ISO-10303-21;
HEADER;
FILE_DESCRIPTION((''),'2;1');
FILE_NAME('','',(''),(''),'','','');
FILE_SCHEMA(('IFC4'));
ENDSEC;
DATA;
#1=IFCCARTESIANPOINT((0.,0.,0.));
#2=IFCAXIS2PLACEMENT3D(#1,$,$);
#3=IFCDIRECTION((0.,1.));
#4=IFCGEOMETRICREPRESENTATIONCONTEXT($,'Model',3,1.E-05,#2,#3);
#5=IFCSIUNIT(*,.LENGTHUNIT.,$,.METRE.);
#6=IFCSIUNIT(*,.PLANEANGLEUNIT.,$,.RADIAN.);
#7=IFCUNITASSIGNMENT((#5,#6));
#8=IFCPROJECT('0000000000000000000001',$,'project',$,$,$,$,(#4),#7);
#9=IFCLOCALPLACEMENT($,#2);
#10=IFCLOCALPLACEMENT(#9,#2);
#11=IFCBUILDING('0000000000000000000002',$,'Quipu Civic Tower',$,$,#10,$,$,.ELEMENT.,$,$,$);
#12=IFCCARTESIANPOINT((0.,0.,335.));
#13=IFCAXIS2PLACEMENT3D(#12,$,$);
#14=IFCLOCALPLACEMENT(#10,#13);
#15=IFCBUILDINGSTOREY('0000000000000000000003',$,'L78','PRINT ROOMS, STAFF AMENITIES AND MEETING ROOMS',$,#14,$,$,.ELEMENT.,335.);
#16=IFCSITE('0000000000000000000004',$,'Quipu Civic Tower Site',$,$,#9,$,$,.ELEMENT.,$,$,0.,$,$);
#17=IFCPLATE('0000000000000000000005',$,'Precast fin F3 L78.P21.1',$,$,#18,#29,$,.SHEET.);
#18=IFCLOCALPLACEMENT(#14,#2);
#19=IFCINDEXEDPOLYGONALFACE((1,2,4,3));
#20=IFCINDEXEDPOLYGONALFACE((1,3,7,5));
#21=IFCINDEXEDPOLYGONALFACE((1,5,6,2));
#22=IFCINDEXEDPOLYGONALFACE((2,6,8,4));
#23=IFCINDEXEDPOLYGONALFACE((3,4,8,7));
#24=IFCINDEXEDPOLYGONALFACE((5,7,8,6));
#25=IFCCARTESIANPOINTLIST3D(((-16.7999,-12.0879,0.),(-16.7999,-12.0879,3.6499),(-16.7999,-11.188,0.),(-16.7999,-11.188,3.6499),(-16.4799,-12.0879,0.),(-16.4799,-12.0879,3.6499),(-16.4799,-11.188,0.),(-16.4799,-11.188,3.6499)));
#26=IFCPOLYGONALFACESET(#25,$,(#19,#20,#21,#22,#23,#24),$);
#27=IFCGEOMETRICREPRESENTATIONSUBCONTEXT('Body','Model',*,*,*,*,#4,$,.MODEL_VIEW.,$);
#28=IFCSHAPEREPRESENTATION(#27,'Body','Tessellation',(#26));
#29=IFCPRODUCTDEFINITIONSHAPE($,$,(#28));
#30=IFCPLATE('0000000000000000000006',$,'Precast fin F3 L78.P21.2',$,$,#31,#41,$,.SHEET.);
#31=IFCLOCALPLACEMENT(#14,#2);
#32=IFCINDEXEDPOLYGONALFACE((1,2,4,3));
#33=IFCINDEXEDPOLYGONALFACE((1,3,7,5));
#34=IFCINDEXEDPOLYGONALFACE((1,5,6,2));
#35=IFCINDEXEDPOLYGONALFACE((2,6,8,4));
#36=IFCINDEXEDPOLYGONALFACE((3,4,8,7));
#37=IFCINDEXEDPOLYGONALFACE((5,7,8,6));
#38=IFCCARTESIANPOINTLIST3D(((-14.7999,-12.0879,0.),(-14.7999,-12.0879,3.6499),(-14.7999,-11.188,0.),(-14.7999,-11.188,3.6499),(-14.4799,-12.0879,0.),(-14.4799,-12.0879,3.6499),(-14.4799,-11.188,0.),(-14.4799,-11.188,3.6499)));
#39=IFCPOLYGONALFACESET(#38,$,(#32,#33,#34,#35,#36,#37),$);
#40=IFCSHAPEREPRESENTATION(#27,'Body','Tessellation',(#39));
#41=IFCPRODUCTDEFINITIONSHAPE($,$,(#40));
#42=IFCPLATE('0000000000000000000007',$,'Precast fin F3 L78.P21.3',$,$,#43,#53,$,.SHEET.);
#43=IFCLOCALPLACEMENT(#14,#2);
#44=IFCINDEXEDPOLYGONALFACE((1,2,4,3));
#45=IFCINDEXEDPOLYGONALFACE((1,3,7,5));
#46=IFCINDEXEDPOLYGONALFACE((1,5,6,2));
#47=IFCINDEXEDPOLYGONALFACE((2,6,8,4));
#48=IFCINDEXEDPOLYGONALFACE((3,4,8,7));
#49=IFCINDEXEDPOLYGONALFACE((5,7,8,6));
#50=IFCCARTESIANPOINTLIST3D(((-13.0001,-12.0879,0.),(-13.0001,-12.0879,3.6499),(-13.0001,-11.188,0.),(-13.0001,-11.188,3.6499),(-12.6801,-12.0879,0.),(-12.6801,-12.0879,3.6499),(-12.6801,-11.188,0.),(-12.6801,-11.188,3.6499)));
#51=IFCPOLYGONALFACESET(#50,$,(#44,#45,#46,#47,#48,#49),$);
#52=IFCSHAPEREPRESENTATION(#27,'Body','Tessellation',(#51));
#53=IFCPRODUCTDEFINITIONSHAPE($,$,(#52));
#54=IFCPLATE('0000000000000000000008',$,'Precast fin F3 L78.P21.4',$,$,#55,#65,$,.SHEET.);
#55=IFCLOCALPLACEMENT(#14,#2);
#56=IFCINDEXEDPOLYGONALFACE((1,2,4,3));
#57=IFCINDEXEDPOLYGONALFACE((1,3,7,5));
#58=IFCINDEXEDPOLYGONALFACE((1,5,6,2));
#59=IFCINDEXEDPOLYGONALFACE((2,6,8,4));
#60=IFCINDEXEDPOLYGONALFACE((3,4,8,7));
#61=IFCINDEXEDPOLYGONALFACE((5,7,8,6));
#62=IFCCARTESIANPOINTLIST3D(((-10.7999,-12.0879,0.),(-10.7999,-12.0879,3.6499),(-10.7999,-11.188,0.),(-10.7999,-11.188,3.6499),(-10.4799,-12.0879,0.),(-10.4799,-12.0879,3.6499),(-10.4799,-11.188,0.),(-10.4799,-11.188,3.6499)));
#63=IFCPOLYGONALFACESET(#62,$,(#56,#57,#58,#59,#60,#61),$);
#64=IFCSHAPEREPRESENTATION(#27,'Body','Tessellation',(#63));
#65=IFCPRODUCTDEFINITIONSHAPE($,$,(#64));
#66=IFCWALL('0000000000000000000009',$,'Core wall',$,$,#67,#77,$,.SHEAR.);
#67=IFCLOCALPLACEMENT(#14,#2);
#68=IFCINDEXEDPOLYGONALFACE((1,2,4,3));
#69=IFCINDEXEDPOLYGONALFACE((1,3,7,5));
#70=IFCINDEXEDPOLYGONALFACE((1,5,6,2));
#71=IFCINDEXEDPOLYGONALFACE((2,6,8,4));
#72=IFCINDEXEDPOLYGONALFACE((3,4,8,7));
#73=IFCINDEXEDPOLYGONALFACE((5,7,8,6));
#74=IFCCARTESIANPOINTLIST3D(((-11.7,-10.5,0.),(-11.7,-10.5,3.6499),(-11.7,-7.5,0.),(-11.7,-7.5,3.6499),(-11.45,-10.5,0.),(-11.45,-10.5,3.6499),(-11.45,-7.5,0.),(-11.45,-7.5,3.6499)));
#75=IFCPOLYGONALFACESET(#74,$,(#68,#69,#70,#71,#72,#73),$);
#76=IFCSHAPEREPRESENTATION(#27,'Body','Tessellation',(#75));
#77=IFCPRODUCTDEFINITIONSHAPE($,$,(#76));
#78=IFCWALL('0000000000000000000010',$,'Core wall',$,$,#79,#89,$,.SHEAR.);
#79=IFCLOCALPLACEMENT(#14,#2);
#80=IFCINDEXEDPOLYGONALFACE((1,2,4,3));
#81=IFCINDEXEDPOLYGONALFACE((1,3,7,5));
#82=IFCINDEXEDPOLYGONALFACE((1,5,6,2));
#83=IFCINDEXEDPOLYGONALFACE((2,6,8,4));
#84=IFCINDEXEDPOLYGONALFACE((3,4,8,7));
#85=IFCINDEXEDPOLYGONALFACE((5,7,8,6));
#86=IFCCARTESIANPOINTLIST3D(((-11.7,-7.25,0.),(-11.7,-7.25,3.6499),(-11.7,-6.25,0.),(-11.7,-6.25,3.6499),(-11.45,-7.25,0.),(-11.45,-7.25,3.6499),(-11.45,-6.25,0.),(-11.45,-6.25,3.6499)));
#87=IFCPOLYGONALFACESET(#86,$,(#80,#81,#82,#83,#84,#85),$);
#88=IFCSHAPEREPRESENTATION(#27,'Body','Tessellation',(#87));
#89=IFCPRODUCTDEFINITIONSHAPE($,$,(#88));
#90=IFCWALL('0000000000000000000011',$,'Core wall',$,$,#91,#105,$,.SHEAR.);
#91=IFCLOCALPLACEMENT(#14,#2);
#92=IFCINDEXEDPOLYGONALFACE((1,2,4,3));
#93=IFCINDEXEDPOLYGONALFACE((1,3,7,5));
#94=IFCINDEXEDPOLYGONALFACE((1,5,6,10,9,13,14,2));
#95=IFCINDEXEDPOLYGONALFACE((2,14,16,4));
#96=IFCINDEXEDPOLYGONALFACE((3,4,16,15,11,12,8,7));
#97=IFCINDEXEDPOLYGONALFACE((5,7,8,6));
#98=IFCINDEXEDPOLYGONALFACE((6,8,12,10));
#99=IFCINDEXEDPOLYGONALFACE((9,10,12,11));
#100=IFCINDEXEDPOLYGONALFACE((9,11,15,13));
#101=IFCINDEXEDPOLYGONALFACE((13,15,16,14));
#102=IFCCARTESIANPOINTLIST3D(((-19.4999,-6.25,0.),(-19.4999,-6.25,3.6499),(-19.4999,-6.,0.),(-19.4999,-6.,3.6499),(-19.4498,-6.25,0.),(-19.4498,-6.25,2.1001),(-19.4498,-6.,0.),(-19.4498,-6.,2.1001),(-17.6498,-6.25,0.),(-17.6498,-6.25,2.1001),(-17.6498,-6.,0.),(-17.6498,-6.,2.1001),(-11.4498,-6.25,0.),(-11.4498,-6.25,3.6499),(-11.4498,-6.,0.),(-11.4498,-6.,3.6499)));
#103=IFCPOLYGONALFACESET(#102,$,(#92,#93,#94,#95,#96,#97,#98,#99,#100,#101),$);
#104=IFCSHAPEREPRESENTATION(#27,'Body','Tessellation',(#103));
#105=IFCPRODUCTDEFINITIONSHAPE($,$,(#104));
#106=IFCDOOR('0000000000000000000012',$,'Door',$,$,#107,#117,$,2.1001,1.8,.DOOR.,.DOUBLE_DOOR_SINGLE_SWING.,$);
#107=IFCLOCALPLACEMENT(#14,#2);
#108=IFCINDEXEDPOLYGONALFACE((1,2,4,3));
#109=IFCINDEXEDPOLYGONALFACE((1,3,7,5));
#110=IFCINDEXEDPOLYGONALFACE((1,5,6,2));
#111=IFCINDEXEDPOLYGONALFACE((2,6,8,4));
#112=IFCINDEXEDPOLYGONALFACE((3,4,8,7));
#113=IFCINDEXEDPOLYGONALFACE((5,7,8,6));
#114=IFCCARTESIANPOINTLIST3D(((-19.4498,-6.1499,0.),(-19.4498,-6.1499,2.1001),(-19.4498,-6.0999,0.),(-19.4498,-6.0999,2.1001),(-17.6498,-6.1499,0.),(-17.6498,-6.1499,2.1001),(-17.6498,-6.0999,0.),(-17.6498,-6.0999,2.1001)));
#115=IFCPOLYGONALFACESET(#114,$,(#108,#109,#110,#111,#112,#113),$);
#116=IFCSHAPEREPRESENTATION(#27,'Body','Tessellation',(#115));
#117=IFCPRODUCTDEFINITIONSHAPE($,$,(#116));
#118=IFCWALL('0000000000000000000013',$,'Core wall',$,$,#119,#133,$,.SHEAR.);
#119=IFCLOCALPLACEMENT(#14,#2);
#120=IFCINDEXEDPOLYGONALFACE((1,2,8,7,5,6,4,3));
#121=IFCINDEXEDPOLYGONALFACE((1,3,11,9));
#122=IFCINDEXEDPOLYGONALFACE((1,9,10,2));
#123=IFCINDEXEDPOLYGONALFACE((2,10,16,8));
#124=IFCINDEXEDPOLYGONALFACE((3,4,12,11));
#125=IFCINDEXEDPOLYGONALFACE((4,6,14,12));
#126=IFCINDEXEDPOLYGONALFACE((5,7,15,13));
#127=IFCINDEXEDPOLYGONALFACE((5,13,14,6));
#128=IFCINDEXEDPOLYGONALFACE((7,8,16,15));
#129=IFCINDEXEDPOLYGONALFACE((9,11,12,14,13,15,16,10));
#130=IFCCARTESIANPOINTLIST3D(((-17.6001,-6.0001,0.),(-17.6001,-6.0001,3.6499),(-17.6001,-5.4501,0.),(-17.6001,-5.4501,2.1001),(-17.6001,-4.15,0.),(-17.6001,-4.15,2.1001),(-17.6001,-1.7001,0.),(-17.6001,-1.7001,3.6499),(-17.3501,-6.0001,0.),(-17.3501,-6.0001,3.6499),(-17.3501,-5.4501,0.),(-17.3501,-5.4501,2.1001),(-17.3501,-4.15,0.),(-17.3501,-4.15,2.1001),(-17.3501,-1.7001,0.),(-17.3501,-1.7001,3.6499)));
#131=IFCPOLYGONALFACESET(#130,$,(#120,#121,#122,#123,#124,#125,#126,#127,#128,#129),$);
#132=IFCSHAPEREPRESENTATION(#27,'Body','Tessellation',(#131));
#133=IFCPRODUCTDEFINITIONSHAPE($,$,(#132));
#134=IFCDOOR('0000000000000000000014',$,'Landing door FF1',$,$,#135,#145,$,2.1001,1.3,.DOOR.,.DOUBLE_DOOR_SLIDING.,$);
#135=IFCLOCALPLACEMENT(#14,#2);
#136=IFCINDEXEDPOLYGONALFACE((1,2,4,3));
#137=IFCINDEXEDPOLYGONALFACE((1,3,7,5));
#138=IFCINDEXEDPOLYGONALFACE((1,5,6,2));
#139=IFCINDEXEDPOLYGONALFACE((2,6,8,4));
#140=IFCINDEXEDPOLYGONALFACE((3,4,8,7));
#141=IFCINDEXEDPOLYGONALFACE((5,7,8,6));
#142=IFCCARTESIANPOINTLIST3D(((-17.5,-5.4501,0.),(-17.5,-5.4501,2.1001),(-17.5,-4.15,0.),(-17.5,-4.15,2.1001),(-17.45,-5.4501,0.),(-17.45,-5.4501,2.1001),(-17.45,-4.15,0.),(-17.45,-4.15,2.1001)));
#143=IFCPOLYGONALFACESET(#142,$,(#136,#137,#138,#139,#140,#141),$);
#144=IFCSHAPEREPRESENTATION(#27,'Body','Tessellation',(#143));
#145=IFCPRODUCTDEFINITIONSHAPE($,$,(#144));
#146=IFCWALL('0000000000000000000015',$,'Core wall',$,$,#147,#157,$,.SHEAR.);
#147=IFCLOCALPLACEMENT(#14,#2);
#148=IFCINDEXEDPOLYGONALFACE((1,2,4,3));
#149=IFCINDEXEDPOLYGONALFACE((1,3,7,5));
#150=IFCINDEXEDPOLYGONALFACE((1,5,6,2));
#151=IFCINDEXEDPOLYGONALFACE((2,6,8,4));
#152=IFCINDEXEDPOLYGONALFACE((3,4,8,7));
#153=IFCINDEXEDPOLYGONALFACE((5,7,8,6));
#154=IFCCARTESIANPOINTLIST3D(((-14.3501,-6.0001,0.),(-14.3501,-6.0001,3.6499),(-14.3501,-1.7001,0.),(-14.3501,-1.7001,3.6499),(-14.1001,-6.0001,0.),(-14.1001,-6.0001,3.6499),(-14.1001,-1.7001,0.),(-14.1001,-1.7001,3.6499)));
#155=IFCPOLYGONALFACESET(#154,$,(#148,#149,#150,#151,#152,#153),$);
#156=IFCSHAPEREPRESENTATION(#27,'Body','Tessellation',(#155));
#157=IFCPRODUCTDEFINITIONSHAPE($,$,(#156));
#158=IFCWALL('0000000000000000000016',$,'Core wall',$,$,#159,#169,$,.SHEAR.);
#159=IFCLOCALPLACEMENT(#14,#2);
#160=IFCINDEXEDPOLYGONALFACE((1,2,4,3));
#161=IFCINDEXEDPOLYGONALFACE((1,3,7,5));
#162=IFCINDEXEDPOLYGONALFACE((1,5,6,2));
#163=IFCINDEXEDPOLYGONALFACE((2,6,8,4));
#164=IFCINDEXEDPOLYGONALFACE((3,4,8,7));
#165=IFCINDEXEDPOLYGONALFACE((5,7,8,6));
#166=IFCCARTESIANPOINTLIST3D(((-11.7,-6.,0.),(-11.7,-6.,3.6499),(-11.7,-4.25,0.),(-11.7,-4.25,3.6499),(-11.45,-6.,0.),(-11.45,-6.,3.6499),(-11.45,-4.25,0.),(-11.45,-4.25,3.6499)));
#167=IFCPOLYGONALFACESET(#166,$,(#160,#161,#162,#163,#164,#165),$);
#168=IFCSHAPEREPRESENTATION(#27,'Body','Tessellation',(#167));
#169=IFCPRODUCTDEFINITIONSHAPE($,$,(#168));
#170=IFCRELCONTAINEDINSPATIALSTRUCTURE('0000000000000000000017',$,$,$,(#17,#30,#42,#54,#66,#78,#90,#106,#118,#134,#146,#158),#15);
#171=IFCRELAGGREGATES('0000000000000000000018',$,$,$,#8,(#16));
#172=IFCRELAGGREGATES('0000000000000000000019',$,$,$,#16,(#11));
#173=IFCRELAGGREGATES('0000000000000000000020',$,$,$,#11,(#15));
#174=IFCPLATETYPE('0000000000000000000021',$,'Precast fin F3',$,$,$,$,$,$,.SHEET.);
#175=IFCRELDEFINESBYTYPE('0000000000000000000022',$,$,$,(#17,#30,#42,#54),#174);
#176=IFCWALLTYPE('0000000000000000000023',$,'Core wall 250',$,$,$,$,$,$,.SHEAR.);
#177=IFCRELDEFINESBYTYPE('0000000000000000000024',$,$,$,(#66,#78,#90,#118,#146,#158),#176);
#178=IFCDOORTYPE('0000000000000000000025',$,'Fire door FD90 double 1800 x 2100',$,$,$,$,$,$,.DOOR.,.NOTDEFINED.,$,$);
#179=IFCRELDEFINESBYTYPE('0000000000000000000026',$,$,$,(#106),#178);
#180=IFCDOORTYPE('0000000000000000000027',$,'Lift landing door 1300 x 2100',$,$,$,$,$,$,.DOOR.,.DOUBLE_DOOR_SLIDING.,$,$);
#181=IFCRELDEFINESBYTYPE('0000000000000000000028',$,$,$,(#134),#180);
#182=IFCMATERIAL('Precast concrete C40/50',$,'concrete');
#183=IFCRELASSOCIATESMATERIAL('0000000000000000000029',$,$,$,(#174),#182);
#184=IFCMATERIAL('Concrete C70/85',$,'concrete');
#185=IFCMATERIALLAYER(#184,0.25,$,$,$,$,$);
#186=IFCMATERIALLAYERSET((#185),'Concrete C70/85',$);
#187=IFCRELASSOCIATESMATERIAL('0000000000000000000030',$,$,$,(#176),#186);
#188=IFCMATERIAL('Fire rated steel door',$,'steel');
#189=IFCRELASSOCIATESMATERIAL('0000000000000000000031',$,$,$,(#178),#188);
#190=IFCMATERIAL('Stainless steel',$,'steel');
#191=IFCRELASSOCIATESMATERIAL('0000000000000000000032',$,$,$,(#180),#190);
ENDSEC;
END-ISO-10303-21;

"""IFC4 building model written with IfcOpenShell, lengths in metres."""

from ifc_helpers import new_model, si_unit, direction, frame, frame_2d, origin, origin_2d, place, context, subcontext, project, spatial, rectangle, extrude, material, layer, layer_set, type_object, element, fill, save


model = new_model("IFC4")

# Units and contexts
model_context = context("Model", 3, precision=1e-05, world=origin(), true_north=direction((0.0, 1.0)))
body_context = subcontext(model_context, "Body", "Model", "MODEL_VIEW")
ifc_project = project(units=[si_unit("LENGTHUNIT", "METRE"), si_unit("PLANEANGLEUNIT", "RADIAN")], contexts=[model_context])

# Site, building, storey
site_placement = place(None, origin())
site = spatial("IfcSite", under=ifc_project, at=site_placement, Name="Quipu Civic Tower Site", CompositionType="ELEMENT", RefElevation=0.0)
building_placement = place(site_placement, origin())
building = spatial("IfcBuilding", under=site, at=building_placement, Name="Quipu Civic Tower", CompositionType="ELEMENT")
storey_placement = place(building_placement, frame((0.0, 0.0, 335.0)))
storey = spatial("IfcBuildingStorey", under=building, at=storey_placement, Name="L78", Description="PRINT ROOMS, STAFF AMENITIES AND MEETING ROOMS", CompositionType="ELEMENT", Elevation=335.0)

# Plates
ifc_material_1 = material(Name="Precast concrete C40/50", Category="concrete")
plate_type = type_object("IfcPlateType", Name="Precast fin F3", PredefinedType="SHEET", material=ifc_material_1)
for number, where, z_axis, x_axis, name in (
    (1, (-16.6399, -11.6379, 0.0), (0.0, 0.0, 1.0), (1.0, 0.0, 0.0), "Precast fin F3 L78.P21.1"),
    (2, (-14.6399, -11.6379, 0.0), (0.0, 0.0, 1.0), (1.0, 0.0, 0.0), "Precast fin F3 L78.P21.2"),
    (3, (-12.8401, -11.6379, 0.0), (0.0, 0.0, 1.0), (1.0, 0.0, 0.0), "Precast fin F3 L78.P21.3"),
    (4, (-10.6399, -11.6379, 0.0), (0.0, 0.0, 1.0), (1.0, 0.0, 0.0), "Precast fin F3 L78.P21.4"),
):
    element("IfcPlate", number, at=place(storey_placement, frame(where, z_axis=z_axis, x_axis=x_axis)), inside=storey, type_object=plate_type, Name=name, PredefinedType="SHEET", context=body_context, shape_type="SweptSolid", body=[
        extrude(rectangle(XDim=0.3201, YDim=0.8999, at=origin_2d()), origin(), (0.0, 0.0, 1.0), 3.6499),
    ])

# Walls
ifc_material_2 = material(Name="Concrete C70/85", Category="concrete")
ifc_layer_1 = layer(ifc_material_2, 0.25)
ifc_layer_set_1 = layer_set([ifc_layer_1], Name="Concrete C70/85")
wall_type_1 = type_object("IfcWallType", Name="Core wall 250", PredefinedType="SHEAR", material=ifc_layer_set_1)
wall_1_placement = place(storey_placement, frame((-11.575, -10.5, 0.0), z_axis=(0.0, 0.0, 1.0), x_axis=(0.0, 1.0, 0.0)))
element("IfcWall", 5, at=wall_1_placement, inside=storey, type_object=wall_type_1, Name="Core wall", PredefinedType="SHEAR", context=body_context, shape_type="SweptSolid", body=[
    extrude(rectangle(XDim=3.0, YDim=0.25, at=frame_2d((1.5, 0.0))), origin(), (0.0, 0.0, 1.0), 3.6499),
])
wall_2_placement = place(storey_placement, frame((-11.575, -7.25, 0.0), z_axis=(0.0, 0.0, 1.0), x_axis=(0.0, 1.0, 0.0)))
element("IfcWall", 6, at=wall_2_placement, inside=storey, type_object=wall_type_1, Name="Core wall", PredefinedType="SHEAR", context=body_context, shape_type="SweptSolid", body=[
    extrude(rectangle(XDim=1.0, YDim=0.25, at=frame_2d((0.5, 0.0))), origin(), (0.0, 0.0, 1.0), 3.6499),
])

# Walls, openings, doors
wall_3_placement = place(storey_placement, frame((-11.45, -6.125, 0.0), z_axis=(0.0, 0.0, 1.0), x_axis=(-1.0, 0.0, 0.0)))
wall_3 = element("IfcWall", 7, at=wall_3_placement, inside=storey, type_object=wall_type_1, Name="Core wall", PredefinedType="SHEAR", context=body_context, shape_type="SweptSolid", body=[
    extrude(rectangle(XDim=8.05, YDim=0.25, at=frame_2d((4.0249, 0.0))), origin(), (0.0, 0.0, 1.0), 3.6499),
])
opening_1_placement = place(wall_3_placement, frame((6.2, 0.0, 0.0)))
opening_1 = element("IfcOpeningElement", 8, at=opening_1_placement, cuts=wall_3, PredefinedType="OPENING", context=body_context, shape_type="SweptSolid", body=[
    extrude(rectangle(XDim=1.8, YDim=2.1001, at=frame_2d((0.8999, 1.05))), frame((0.0, 0.135, 0.0), z_axis=(0.0, -1.0, 0.0), x_axis=(1.0, 0.0, 0.0)), (0.0, 0.0, 1.0), 0.27),
])
ifc_material_3 = material(Name="Fire rated steel door", Category="steel")
door_type_1 = type_object("IfcDoorType", Name="Fire door FD90 double 1800 x 2100", OperationType="NOTDEFINED", PredefinedType="DOOR", material=ifc_material_3)
door_1_placement = place(opening_1_placement, origin())
door_1 = element("IfcDoor", 9, at=door_1_placement, inside=storey, type_object=door_type_1, Name="Door", OperationType="DOUBLE_DOOR_SINGLE_SWING", OverallHeight=2.1001, OverallWidth=1.8, PredefinedType="DOOR", context=body_context, shape_type="SweptSolid", body=[
    extrude(rectangle(XDim=1.8, YDim=2.1001, at=frame_2d((0.8999, 1.05))), frame((0.0, 0.0249, 0.0), z_axis=(0.0, -1.0, 0.0), x_axis=(1.0, 0.0, 0.0)), (0.0, 0.0, 1.0), 0.05),
])
fill(opening_1, door_1)
wall_4_placement = place(storey_placement, frame((-17.4751, -6.0, 0.0), z_axis=(0.0, 0.0, 1.0), x_axis=(0.0, 1.0, 0.0)))
wall_4 = element("IfcWall", 10, at=wall_4_placement, inside=storey, type_object=wall_type_1, Name="Core wall", PredefinedType="SHEAR", context=body_context, shape_type="SweptSolid", body=[
    extrude(rectangle(XDim=4.3, YDim=0.25, at=frame_2d((2.1499, 0.0))), origin(), (0.0, 0.0, 1.0), 3.6499),
])
opening_2_placement = place(wall_4_placement, frame((0.55, 0.0, 0.0)))
opening_2 = element("IfcOpeningElement", 11, at=opening_2_placement, cuts=wall_4, PredefinedType="OPENING", context=body_context, shape_type="SweptSolid", body=[
    extrude(rectangle(XDim=1.3, YDim=2.1001, at=frame_2d((0.6499, 1.05))), frame((0.0, 0.135, 0.0), z_axis=(0.0, -1.0, 0.0), x_axis=(1.0, 0.0, 0.0)), (0.0, 0.0, 1.0), 0.27),
])
ifc_material_4 = material(Name="Stainless steel", Category="steel")
door_type_2 = type_object("IfcDoorType", Name="Lift landing door 1300 x 2100", OperationType="DOUBLE_DOOR_SLIDING", PredefinedType="DOOR", material=ifc_material_4)
door_2_placement = place(opening_2_placement, origin())
door_2 = element("IfcDoor", 12, at=door_2_placement, inside=storey, type_object=door_type_2, Name="Landing door FF1", OperationType="DOUBLE_DOOR_SLIDING", OverallHeight=2.1001, OverallWidth=1.3, PredefinedType="DOOR", context=body_context, shape_type="SweptSolid", body=[
    extrude(rectangle(XDim=1.3, YDim=2.1001, at=frame_2d((0.6499, 1.05))), frame((0.0, 0.0249, 0.0), z_axis=(0.0, -1.0, 0.0), x_axis=(1.0, 0.0, 0.0)), (0.0, 0.0, 1.0), 0.05),
])
fill(opening_2, door_2)

# Walls
wall_5_placement = place(storey_placement, frame((-14.2251, -6.0, 0.0), z_axis=(0.0, 0.0, 1.0), x_axis=(0.0, 1.0, 0.0)))
element("IfcWall", 13, at=wall_5_placement, inside=storey, type_object=wall_type_1, Name="Core wall", PredefinedType="SHEAR", context=body_context, shape_type="SweptSolid", body=[
    extrude(rectangle(XDim=4.3, YDim=0.25, at=frame_2d((2.1499, 0.0))), origin(), (0.0, 0.0, 1.0), 3.6499),
])
wall_6_placement = place(storey_placement, frame((-11.575, -6.0, 0.0), z_axis=(0.0, 0.0, 1.0), x_axis=(0.0, 1.0, 0.0)))
element("IfcWall", 14, at=wall_6_placement, inside=storey, type_object=wall_type_1, Name="Core wall", PredefinedType="SHEAR", context=body_context, shape_type="SweptSolid", body=[
    extrude(rectangle(XDim=1.75, YDim=0.25, at=frame_2d((0.875, 0.0))), origin(), (0.0, 0.0, 1.0), 3.6499),
])

save(model, "model.ifc")
